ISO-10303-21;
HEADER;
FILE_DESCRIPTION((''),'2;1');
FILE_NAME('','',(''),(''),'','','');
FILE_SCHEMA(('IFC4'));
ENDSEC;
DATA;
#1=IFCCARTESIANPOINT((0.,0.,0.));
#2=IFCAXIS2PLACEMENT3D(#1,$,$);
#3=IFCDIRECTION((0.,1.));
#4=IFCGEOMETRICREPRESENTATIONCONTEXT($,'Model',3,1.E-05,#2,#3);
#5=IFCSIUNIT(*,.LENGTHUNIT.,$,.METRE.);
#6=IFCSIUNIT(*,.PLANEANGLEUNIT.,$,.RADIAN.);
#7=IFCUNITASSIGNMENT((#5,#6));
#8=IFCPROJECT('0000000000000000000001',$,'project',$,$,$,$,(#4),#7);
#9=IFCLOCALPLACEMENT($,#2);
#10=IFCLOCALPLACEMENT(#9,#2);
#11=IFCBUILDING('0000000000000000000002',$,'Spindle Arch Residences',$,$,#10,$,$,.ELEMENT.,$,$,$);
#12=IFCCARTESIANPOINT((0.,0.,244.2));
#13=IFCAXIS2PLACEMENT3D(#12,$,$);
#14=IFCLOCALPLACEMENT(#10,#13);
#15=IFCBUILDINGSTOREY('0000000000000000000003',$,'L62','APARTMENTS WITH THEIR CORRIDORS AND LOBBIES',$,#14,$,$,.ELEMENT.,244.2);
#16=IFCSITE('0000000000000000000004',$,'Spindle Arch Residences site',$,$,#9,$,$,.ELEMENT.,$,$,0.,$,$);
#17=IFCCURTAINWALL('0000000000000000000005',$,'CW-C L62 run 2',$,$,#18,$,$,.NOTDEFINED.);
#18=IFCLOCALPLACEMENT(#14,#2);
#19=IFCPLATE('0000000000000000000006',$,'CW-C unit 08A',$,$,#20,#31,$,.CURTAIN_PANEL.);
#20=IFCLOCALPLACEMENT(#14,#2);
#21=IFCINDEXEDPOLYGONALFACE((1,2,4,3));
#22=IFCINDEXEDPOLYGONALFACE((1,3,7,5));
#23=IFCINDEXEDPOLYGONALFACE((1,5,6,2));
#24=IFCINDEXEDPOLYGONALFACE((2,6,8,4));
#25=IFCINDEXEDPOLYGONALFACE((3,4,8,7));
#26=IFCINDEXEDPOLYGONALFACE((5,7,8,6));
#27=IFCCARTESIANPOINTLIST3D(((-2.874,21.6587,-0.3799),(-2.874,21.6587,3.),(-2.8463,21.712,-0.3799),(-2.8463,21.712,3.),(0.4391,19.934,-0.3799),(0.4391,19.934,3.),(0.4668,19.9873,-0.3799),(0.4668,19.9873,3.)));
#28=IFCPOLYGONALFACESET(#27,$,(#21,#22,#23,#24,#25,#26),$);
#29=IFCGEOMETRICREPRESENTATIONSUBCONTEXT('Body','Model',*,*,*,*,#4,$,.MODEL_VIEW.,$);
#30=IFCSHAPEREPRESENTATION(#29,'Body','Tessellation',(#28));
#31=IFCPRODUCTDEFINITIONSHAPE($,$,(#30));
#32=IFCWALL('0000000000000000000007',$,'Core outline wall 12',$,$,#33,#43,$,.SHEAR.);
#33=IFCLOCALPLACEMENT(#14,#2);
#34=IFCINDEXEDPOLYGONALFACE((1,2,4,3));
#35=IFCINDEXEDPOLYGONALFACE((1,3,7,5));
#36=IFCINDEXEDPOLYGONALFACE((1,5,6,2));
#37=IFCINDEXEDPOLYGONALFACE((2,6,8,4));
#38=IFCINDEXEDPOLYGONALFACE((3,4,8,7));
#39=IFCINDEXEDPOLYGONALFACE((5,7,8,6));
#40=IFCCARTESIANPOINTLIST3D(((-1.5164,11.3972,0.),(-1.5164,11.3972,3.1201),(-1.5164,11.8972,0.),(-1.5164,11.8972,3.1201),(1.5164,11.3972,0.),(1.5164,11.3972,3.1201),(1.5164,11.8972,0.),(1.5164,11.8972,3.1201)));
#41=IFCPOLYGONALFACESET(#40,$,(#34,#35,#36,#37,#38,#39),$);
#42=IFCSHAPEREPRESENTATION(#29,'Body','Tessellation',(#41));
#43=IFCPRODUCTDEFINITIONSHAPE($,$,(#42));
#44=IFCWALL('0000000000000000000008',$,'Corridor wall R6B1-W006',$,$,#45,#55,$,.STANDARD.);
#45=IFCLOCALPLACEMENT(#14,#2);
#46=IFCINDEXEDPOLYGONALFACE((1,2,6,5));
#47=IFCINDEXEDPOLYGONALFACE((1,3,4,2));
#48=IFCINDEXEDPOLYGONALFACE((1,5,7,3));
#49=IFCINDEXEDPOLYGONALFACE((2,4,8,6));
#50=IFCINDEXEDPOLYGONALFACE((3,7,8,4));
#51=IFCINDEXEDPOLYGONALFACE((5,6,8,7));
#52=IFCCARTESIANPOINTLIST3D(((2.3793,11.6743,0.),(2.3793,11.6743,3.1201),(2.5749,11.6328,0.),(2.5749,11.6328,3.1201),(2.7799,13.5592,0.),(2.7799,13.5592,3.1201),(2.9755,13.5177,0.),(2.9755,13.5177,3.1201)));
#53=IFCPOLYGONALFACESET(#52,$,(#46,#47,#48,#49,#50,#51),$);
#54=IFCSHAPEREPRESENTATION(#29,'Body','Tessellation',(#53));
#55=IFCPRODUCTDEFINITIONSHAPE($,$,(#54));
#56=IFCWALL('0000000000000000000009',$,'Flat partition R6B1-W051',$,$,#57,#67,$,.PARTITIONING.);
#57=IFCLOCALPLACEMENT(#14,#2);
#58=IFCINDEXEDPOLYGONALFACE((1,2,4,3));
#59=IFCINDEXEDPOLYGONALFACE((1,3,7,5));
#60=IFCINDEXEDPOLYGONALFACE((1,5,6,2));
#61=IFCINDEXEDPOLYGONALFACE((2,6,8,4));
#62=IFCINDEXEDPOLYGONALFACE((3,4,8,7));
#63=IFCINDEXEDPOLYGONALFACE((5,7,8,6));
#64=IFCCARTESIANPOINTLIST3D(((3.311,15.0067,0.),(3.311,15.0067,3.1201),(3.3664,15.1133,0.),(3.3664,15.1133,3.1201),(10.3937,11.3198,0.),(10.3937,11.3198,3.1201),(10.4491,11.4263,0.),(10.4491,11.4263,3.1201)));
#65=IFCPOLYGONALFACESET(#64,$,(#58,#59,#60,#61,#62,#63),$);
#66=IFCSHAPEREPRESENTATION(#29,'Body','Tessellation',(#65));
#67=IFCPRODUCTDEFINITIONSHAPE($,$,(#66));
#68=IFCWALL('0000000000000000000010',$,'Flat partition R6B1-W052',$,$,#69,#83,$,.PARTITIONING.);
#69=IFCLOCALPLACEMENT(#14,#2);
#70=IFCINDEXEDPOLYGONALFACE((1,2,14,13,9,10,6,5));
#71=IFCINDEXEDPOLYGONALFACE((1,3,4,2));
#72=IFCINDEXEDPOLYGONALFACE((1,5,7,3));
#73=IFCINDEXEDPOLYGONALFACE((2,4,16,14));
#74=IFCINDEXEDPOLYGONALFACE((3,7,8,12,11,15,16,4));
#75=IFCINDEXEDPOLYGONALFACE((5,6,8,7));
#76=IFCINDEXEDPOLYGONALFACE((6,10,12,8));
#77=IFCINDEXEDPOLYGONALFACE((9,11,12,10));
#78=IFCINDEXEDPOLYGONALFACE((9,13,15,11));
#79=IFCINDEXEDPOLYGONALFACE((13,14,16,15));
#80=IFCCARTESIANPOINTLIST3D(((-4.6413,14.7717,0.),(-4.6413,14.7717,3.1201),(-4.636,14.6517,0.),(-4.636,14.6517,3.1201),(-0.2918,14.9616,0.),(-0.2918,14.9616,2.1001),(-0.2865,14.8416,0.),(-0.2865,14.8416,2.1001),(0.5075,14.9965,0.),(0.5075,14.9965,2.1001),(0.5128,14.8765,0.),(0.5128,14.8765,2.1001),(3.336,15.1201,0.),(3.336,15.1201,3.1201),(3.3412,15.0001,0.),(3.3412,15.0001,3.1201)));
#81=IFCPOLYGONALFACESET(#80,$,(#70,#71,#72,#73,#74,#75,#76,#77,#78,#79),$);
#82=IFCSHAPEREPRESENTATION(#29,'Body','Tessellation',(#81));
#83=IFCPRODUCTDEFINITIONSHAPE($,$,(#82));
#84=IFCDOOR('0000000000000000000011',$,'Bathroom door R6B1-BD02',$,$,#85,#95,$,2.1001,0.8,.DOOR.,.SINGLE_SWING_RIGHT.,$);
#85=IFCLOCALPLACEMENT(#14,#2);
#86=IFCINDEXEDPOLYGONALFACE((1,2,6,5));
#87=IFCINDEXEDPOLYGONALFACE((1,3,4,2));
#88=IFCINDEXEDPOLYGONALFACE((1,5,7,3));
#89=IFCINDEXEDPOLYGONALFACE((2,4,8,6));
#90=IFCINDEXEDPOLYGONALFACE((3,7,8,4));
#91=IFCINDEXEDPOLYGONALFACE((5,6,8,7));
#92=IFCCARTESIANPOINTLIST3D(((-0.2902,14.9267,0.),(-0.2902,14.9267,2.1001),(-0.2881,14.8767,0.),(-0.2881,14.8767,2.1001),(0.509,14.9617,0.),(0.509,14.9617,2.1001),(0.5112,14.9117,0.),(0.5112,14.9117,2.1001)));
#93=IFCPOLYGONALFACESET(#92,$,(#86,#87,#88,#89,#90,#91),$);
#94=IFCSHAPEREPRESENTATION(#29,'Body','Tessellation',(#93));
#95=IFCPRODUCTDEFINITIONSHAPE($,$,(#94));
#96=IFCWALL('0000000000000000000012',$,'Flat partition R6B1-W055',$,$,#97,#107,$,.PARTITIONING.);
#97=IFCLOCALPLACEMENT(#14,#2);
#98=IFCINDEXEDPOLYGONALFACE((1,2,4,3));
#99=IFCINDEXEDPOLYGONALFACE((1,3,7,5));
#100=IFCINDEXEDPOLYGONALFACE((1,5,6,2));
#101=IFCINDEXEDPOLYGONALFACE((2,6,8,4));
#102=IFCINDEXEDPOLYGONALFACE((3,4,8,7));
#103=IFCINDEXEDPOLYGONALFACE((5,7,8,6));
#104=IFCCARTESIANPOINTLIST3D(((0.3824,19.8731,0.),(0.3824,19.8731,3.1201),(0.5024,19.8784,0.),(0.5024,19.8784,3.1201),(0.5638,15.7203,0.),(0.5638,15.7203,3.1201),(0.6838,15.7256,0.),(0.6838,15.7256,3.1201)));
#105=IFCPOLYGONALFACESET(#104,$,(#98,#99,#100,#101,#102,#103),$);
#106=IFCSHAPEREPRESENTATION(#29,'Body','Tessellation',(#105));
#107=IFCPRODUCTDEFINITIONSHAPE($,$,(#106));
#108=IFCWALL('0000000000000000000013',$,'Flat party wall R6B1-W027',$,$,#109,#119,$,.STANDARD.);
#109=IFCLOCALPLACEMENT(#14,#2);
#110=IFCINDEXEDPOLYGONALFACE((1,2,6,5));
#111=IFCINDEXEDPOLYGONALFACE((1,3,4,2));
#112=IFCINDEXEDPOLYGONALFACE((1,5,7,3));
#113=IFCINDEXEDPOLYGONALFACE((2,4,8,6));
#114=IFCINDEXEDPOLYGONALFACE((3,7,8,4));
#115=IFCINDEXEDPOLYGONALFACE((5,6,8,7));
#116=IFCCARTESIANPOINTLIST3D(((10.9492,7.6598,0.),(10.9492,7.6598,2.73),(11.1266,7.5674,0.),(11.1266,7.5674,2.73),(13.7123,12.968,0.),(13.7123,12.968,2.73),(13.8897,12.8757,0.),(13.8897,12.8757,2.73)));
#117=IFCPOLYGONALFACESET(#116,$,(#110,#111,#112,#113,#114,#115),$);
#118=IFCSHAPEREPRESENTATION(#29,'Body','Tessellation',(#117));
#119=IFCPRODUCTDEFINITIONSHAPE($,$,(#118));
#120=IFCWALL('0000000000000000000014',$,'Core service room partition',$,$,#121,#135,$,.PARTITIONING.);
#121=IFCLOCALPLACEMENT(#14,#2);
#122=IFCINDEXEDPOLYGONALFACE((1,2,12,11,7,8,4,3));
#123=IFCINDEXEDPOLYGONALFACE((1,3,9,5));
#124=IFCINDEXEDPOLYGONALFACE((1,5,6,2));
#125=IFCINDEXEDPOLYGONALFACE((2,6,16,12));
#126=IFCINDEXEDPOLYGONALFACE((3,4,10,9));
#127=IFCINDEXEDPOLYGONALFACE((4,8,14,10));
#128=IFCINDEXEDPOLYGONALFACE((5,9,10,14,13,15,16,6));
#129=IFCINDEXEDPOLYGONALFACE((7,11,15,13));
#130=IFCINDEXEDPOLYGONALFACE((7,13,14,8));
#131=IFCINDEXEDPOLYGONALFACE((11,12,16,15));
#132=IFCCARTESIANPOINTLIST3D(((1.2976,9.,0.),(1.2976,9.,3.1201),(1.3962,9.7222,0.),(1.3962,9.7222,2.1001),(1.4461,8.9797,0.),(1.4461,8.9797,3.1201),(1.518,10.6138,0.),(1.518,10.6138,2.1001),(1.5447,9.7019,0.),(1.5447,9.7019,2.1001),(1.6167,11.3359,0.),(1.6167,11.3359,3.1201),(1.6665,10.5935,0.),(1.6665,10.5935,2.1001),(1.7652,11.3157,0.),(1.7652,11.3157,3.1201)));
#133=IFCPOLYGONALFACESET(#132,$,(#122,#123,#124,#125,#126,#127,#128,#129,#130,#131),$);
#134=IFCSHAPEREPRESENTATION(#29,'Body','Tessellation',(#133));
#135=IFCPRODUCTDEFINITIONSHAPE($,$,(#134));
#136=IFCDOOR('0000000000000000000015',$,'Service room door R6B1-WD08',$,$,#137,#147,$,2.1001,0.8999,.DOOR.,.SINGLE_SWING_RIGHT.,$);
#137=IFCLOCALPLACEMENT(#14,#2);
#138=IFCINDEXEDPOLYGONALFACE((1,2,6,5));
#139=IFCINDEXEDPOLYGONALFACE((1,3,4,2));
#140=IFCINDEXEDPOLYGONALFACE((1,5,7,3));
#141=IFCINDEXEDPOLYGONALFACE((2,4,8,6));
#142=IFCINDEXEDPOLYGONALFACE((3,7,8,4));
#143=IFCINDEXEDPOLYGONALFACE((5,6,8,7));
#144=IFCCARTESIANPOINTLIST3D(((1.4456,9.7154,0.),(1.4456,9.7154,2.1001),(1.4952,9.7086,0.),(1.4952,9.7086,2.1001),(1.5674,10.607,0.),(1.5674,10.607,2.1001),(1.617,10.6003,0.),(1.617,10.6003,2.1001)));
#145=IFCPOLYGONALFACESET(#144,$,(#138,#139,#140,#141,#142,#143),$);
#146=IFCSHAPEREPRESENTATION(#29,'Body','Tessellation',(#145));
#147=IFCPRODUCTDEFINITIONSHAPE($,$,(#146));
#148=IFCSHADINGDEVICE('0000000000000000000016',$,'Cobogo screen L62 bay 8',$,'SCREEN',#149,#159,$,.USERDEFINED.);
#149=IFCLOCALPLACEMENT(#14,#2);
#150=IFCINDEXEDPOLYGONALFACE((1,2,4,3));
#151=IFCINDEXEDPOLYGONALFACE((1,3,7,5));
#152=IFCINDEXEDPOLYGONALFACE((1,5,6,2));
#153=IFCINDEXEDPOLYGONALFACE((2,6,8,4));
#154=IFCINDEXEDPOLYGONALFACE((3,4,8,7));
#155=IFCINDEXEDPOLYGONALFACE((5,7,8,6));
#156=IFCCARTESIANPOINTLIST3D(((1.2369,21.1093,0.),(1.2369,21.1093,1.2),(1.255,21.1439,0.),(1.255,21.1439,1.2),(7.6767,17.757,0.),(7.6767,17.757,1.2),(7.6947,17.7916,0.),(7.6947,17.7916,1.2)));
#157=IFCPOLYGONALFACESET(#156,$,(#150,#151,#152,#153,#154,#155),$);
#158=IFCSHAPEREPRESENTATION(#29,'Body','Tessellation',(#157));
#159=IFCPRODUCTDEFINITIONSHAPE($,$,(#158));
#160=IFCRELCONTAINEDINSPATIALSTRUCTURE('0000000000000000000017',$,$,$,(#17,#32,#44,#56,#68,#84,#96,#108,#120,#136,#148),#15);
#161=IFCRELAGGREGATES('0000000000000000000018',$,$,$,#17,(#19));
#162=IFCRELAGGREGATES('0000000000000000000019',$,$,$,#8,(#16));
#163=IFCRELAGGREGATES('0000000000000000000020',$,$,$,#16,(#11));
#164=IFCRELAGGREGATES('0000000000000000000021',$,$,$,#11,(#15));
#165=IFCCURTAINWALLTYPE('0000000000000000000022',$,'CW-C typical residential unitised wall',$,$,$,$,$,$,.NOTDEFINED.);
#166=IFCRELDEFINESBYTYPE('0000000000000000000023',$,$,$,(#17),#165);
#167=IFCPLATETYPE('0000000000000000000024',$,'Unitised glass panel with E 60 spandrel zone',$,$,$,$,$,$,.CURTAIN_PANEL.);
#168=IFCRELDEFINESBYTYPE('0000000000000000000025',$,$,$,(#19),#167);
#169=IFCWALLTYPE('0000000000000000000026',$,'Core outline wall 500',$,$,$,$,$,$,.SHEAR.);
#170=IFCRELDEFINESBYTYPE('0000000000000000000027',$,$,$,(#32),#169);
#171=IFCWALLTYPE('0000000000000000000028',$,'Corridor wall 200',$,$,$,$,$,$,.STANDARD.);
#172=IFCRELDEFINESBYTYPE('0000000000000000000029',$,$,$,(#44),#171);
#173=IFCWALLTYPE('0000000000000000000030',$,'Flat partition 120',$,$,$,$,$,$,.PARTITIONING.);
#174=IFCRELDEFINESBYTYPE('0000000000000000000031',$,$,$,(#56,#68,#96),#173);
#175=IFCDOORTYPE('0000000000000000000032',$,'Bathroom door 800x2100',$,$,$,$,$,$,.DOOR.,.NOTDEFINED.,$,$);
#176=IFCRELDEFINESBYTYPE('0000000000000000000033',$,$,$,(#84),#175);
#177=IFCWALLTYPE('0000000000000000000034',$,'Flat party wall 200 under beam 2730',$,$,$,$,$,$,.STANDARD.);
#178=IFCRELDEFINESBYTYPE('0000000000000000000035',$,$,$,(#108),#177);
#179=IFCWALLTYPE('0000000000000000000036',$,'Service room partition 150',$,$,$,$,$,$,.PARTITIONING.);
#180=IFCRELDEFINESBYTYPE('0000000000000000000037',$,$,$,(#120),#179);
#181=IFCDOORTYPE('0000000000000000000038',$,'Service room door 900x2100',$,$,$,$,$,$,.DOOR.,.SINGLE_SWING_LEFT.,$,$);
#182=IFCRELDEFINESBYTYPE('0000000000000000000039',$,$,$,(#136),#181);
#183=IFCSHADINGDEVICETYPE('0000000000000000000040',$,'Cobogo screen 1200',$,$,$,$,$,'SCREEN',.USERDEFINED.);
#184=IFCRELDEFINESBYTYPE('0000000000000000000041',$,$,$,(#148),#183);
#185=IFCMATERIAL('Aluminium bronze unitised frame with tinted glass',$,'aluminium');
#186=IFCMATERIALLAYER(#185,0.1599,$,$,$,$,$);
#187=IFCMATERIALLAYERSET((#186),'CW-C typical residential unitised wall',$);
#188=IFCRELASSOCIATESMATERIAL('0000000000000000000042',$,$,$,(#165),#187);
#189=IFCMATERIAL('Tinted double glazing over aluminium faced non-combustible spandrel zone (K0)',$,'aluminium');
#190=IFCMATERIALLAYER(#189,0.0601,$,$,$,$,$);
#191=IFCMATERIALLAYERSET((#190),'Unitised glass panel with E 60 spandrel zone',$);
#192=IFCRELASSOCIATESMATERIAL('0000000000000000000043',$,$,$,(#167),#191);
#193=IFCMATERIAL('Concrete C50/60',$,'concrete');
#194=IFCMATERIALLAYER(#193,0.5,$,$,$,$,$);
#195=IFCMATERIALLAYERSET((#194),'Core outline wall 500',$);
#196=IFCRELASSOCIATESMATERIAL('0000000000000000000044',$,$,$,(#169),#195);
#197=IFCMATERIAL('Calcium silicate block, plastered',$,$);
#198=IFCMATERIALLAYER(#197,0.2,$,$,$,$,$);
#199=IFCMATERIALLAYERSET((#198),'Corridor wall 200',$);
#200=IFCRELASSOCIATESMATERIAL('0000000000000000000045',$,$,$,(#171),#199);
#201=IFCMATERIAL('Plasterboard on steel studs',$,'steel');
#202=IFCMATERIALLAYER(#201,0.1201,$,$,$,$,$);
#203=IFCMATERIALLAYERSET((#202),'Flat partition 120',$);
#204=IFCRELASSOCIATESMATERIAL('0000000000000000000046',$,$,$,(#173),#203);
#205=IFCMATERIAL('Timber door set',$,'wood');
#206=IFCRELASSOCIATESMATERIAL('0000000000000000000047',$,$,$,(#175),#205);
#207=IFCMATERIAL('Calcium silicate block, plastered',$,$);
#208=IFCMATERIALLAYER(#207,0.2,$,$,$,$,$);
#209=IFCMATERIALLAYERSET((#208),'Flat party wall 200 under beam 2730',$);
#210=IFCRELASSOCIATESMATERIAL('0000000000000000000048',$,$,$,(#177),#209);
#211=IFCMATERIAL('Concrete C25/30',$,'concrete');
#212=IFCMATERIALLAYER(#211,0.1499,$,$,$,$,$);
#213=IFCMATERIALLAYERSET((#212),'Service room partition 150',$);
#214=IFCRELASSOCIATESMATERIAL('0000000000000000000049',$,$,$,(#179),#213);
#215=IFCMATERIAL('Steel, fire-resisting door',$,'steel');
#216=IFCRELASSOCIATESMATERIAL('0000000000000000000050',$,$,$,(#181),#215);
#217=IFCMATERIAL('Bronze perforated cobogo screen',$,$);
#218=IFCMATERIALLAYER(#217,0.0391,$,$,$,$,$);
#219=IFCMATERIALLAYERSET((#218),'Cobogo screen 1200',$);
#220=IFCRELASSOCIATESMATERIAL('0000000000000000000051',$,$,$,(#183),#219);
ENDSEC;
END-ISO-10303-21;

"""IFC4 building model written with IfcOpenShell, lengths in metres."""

from ifc_helpers import new_model, si_unit, direction, frame, frame_2d, origin, origin_2d, place, context, subcontext, project, spatial, rectangle, extrude, material, layer, layer_set, type_object, element, fill, aggregate, save


model = new_model("IFC4")

# Units and contexts
model_context = context("Model", 3, precision=1e-05, world=origin(), true_north=direction((0.0, 1.0)))
body_context = subcontext(model_context, "Body", "Model", "MODEL_VIEW")
ifc_project = project(units=[si_unit("LENGTHUNIT", "METRE"), si_unit("PLANEANGLEUNIT", "RADIAN")], contexts=[model_context])

# Site, building, storey
site_placement = place(None, origin())
site = spatial("IfcSite", under=ifc_project, at=site_placement, Name="Spindle Arch Residences site", CompositionType="ELEMENT", RefElevation=0.0)
building_placement = place(site_placement, origin())
building = spatial("IfcBuilding", under=site, at=building_placement, Name="Spindle Arch Residences", CompositionType="ELEMENT")
storey_placement = place(building_placement, frame((0.0, 0.0, 244.2)))
storey = spatial("IfcBuildingStorey", under=building, at=storey_placement, Name="L62", Description="APARTMENTS WITH THEIR CORRIDORS AND LOBBIES", CompositionType="ELEMENT", Elevation=244.2)

# Curtain wall
ifc_material_1 = material(Name="Aluminium bronze unitised frame with tinted glass", Category="aluminium")
ifc_layer_1 = layer(ifc_material_1, 0.1599)
ifc_layer_set_1 = layer_set([ifc_layer_1], Name="CW-C typical residential unitised wall")
curtain_wall_type = type_object("IfcCurtainWallType", Name="CW-C typical residential unitised wall", PredefinedType="NOTDEFINED", material=ifc_layer_set_1)
curtain_wall_placement = place(storey_placement, origin())
curtain_wall = element("IfcCurtainWall", 1, at=curtain_wall_placement, inside=storey, type_object=curtain_wall_type, Name="CW-C L62 run 2", PredefinedType="NOTDEFINED")

# Plate
ifc_material_2 = material(Name="Tinted double glazing over aluminium faced non-combustible spandrel zone (K0)", Category="aluminium")
ifc_layer_2 = layer(ifc_material_2, 0.0601)
ifc_layer_set_2 = layer_set([ifc_layer_2], Name="Unitised glass panel with E 60 spandrel zone")
plate_type = type_object("IfcPlateType", Name="Unitised glass panel with E 60 spandrel zone", PredefinedType="CURTAIN_PANEL", material=ifc_layer_set_2)
plate_1_placement = place(storey_placement, frame((-1.2036, 20.823, -0.3799), z_axis=(0.0, 0.0, 1.0), x_axis=(-0.887011, 0.461749, 0.0)))
plate_1 = element("IfcPlate", 2, at=plate_1_placement, type_object=plate_type, Name="CW-C unit 08A", PredefinedType="CURTAIN_PANEL", context=body_context, shape_type="SweptSolid", body=[
    extrude(rectangle(XDim=3.7351, YDim=0.0601, at=origin_2d()), origin(), (0.0, 0.0, 1.0), 3.3799),
])
aggregate(curtain_wall, [plate_1])

# Walls
ifc_material_3 = material(Name="Concrete C50/60", Category="concrete")
ifc_layer_3 = layer(ifc_material_3, 0.5)
ifc_layer_set_3 = layer_set([ifc_layer_3], Name="Core outline wall 500")
wall_type_1 = type_object("IfcWallType", Name="Core outline wall 500", PredefinedType="SHEAR", material=ifc_layer_set_3)
wall_1_placement = place(storey_placement, frame((1.5164, 11.6472, 0.0), z_axis=(0.0, 0.0, 1.0), x_axis=(-1.0, 0.0, 0.0)))
element("IfcWall", 3, at=wall_1_placement, inside=storey, type_object=wall_type_1, Name="Core outline wall 12", PredefinedType="SHEAR", context=body_context, shape_type="SweptSolid", body=[
    extrude(rectangle(XDim=3.0327, YDim=0.5, at=frame_2d((1.5164, 0.0))), origin(), (0.0, 0.0, 1.0), 3.1201),
])
ifc_material_4 = material(Name="Calcium silicate block, plastered")
ifc_layer_4 = layer(ifc_material_4, 0.2)
ifc_layer_set_4 = layer_set([ifc_layer_4], Name="Corridor wall 200")
wall_type_2 = type_object("IfcWallType", Name="Corridor wall 200", PredefinedType="STANDARD", material=ifc_layer_set_4)
wall_2_placement = place(storey_placement, frame((2.8777, 13.5383, 0.0), z_axis=(0.0, 0.0, 1.0), x_axis=(-0.207894, -0.978151, 0.0)))
element("IfcWall", 4, at=wall_2_placement, inside=storey, type_object=wall_type_2, Name="Corridor wall R6B1-W006", PredefinedType="STANDARD", context=body_context, shape_type="SweptSolid", body=[
    extrude(rectangle(XDim=1.927, YDim=0.2, at=frame_2d((0.9634, 0.0))), origin(), (0.0, 0.0, 1.0), 3.1201),
])
ifc_material_5 = material(Name="Plasterboard on steel studs", Category="steel")
ifc_layer_5 = layer(ifc_material_5, 0.1201)
ifc_layer_set_5 = layer_set([ifc_layer_5], Name="Flat partition 120")
wall_type_3 = type_object("IfcWallType", Name="Flat partition 120", PredefinedType="PARTITIONING", material=ifc_layer_set_5)
wall_3_placement = place(storey_placement, frame((10.4214, 11.373, 0.0), z_axis=(0.0, 0.0, 1.0), x_axis=(-0.887013, 0.461745, 0.0)))
element("IfcWall", 5, at=wall_3_placement, inside=storey, type_object=wall_type_3, Name="Flat partition R6B1-W051", PredefinedType="PARTITIONING", context=body_context, shape_type="SweptSolid", body=[
    extrude(rectangle(XDim=7.9849, YDim=0.1201, at=frame_2d((3.9924, 0.0))), origin(), (0.0, 0.0, 1.0), 3.1201),
])

# Wall, opening, door
wall_4_placement = place(storey_placement, frame((3.3386, 15.0601, 0.0), z_axis=(0.0, 0.0, 1.0), x_axis=(-0.999048, -0.043631, 0.0)))
wall_4 = element("IfcWall", 6, at=wall_4_placement, inside=storey, type_object=wall_type_3, Name="Flat partition R6B1-W052", PredefinedType="PARTITIONING", context=body_context, shape_type="SweptSolid", body=[
    extrude(rectangle(XDim=7.9849, YDim=0.1201, at=frame_2d((3.9924, 0.0))), origin(), (0.0, 0.0, 1.0), 3.1201),
])
opening_1_placement = place(wall_4_placement, frame((2.8313, 0.0, 0.0)))
opening_1 = element("IfcOpeningElement", 7, at=opening_1_placement, cuts=wall_4, PredefinedType="OPENING", context=body_context, shape_type="SweptSolid", body=[
    extrude(rectangle(XDim=0.8, YDim=2.1001, at=frame_2d((0.3999, 1.05))), frame((0.0, 0.0701, 0.0), z_axis=(0.0, -1.0, 0.0), x_axis=(1.0, 0.0, 0.0)), (0.0, 0.0, 1.0), 0.1401),
])
ifc_material_6 = material(Name="Timber door set", Category="wood")
door_type_1 = type_object("IfcDoorType", Name="Bathroom door 800x2100", OperationType="NOTDEFINED", PredefinedType="DOOR", material=ifc_material_6)
door_1_placement = place(opening_1_placement, origin())
door_1 = element("IfcDoor", 8, at=door_1_placement, inside=storey, type_object=door_type_1, Name="Bathroom door R6B1-BD02", OperationType="SINGLE_SWING_RIGHT", OverallHeight=2.1001, OverallWidth=0.8, PredefinedType="DOOR", context=body_context, shape_type="SweptSolid", body=[
    extrude(rectangle(XDim=0.8, YDim=2.1001, at=frame_2d((0.3999, 1.05))), frame((0.0, 0.0249, 0.0), z_axis=(0.0, -1.0, 0.0), x_axis=(1.0, 0.0, 0.0)), (0.0, 0.0, 1.0), 0.05),
])
fill(opening_1, door_1)

# Walls
wall_5_placement = place(storey_placement, frame((0.4424, 19.8757, 0.0), z_axis=(0.0, 0.0, 1.0), x_axis=(0.043639, -0.999047, 0.0)))
element("IfcWall", 9, at=wall_5_placement, inside=storey, type_object=wall_type_3, Name="Flat partition R6B1-W055", PredefinedType="PARTITIONING", context=body_context, shape_type="SweptSolid", body=[
    extrude(rectangle(XDim=4.1567, YDim=0.1201, at=frame_2d((2.0784, 0.0))), origin(), (0.0, 0.0, 1.0), 3.1201),
])
ifc_material_7 = material(Name="Calcium silicate block, plastered")
ifc_layer_6 = layer(ifc_material_7, 0.2)
ifc_layer_set_6 = layer_set([ifc_layer_6], Name="Flat party wall 200 under beam 2730")
wall_type_4 = type_object("IfcWallType", Name="Flat party wall 200 under beam 2730", PredefinedType="STANDARD", material=ifc_layer_set_6)
wall_6_placement = place(storey_placement, frame((13.801, 12.9219, 0.0), z_axis=(0.0, 0.0, 1.0), x_axis=(-0.461726, -0.887022, 0.0)))
element("IfcWall", 10, at=wall_6_placement, inside=storey, type_object=wall_type_4, Name="Flat party wall R6B1-W027", PredefinedType="STANDARD", context=body_context, shape_type="SweptSolid", body=[
    extrude(rectangle(XDim=5.9844, YDim=0.2, at=frame_2d((2.9922, 0.0))), origin(), (0.0, 0.0, 1.0), 2.73),
])

# Wall, opening, door
ifc_material_8 = material(Name="Concrete C25/30", Category="concrete")
ifc_layer_7 = layer(ifc_material_8, 0.1499)
ifc_layer_set_7 = layer_set([ifc_layer_7], Name="Service room partition 150")
wall_type_5 = type_object("IfcWallType", Name="Service room partition 150", PredefinedType="PARTITIONING", material=ifc_layer_set_7)
wall_7_placement = place(storey_placement, frame((1.6909, 11.3257, 0.0), z_axis=(0.0, 0.0, 1.0), x_axis=(-0.135344, -0.990799, 0.0)))
wall_7 = element("IfcWall", 11, at=wall_7_placement, inside=storey, type_object=wall_type_5, Name="Core service room partition", PredefinedType="PARTITIONING", context=body_context, shape_type="SweptSolid", body=[
    extrude(rectangle(XDim=2.3577, YDim=0.1499, at=frame_2d((1.1787, 0.0))), origin(), (0.0, 0.0, 1.0), 3.1201),
])
opening_2_placement = place(wall_7_placement, frame((0.7288, 0.0, 0.0)))
opening_2 = element("IfcOpeningElement", 12, at=opening_2_placement, cuts=wall_7, PredefinedType="OPENING", context=body_context, shape_type="SweptSolid", body=[
    extrude(rectangle(XDim=0.8999, YDim=2.1001, at=frame_2d((0.45, 1.05))), frame((0.0, 0.085, 0.0), z_axis=(0.0, -1.0, 0.0), x_axis=(1.0, 0.0, 0.0)), (0.0, 0.0, 1.0), 0.1699),
])
ifc_material_9 = material(Name="Steel, fire-resisting door", Category="steel")
door_type_2 = type_object("IfcDoorType", Name="Service room door 900x2100", OperationType="SINGLE_SWING_LEFT", PredefinedType="DOOR", material=ifc_material_9)
door_2_placement = place(opening_2_placement, origin())
door_2 = element("IfcDoor", 13, at=door_2_placement, inside=storey, type_object=door_type_2, Name="Service room door R6B1-WD08", OperationType="SINGLE_SWING_RIGHT", OverallHeight=2.1001, OverallWidth=0.8999, PredefinedType="DOOR", context=body_context, shape_type="SweptSolid", body=[
    extrude(rectangle(XDim=0.8999, YDim=2.1001, at=frame_2d((0.45, 1.05))), frame((0.0, 0.0249, 0.0), z_axis=(0.0, -1.0, 0.0), x_axis=(1.0, 0.0, 0.0)), (0.0, 0.0, 1.0), 0.05),
])
fill(opening_2, door_2)

# Shading device
ifc_material_10 = material(Name="Bronze perforated cobogo screen")
ifc_layer_8 = layer(ifc_material_10, 0.0391)
ifc_layer_set_8 = layer_set([ifc_layer_8], Name="Cobogo screen 1200")
shading_device_type = type_object("IfcShadingDeviceType", Name="Cobogo screen 1200", ElementType="SCREEN", PredefinedType="USERDEFINED", material=ifc_layer_set_8)
shading_device_placement = place(storey_placement, frame((4.4658, 19.4504, 0.0), z_axis=(0.0, 0.0, 1.0), x_axis=(-0.887011, 0.461749, 0.0)))
element("IfcShadingDevice", 14, at=shading_device_placement, inside=storey, type_object=shading_device_type, Name="Cobogo screen L62 bay 8", ObjectType="SCREEN", PredefinedType="USERDEFINED", context=body_context, shape_type="SweptSolid", body=[
    extrude(rectangle(XDim=7.26, YDim=0.0391, at=origin_2d()), origin(), (0.0, 0.0, 1.0), 1.2),
])

save(model, "model.ifc")
